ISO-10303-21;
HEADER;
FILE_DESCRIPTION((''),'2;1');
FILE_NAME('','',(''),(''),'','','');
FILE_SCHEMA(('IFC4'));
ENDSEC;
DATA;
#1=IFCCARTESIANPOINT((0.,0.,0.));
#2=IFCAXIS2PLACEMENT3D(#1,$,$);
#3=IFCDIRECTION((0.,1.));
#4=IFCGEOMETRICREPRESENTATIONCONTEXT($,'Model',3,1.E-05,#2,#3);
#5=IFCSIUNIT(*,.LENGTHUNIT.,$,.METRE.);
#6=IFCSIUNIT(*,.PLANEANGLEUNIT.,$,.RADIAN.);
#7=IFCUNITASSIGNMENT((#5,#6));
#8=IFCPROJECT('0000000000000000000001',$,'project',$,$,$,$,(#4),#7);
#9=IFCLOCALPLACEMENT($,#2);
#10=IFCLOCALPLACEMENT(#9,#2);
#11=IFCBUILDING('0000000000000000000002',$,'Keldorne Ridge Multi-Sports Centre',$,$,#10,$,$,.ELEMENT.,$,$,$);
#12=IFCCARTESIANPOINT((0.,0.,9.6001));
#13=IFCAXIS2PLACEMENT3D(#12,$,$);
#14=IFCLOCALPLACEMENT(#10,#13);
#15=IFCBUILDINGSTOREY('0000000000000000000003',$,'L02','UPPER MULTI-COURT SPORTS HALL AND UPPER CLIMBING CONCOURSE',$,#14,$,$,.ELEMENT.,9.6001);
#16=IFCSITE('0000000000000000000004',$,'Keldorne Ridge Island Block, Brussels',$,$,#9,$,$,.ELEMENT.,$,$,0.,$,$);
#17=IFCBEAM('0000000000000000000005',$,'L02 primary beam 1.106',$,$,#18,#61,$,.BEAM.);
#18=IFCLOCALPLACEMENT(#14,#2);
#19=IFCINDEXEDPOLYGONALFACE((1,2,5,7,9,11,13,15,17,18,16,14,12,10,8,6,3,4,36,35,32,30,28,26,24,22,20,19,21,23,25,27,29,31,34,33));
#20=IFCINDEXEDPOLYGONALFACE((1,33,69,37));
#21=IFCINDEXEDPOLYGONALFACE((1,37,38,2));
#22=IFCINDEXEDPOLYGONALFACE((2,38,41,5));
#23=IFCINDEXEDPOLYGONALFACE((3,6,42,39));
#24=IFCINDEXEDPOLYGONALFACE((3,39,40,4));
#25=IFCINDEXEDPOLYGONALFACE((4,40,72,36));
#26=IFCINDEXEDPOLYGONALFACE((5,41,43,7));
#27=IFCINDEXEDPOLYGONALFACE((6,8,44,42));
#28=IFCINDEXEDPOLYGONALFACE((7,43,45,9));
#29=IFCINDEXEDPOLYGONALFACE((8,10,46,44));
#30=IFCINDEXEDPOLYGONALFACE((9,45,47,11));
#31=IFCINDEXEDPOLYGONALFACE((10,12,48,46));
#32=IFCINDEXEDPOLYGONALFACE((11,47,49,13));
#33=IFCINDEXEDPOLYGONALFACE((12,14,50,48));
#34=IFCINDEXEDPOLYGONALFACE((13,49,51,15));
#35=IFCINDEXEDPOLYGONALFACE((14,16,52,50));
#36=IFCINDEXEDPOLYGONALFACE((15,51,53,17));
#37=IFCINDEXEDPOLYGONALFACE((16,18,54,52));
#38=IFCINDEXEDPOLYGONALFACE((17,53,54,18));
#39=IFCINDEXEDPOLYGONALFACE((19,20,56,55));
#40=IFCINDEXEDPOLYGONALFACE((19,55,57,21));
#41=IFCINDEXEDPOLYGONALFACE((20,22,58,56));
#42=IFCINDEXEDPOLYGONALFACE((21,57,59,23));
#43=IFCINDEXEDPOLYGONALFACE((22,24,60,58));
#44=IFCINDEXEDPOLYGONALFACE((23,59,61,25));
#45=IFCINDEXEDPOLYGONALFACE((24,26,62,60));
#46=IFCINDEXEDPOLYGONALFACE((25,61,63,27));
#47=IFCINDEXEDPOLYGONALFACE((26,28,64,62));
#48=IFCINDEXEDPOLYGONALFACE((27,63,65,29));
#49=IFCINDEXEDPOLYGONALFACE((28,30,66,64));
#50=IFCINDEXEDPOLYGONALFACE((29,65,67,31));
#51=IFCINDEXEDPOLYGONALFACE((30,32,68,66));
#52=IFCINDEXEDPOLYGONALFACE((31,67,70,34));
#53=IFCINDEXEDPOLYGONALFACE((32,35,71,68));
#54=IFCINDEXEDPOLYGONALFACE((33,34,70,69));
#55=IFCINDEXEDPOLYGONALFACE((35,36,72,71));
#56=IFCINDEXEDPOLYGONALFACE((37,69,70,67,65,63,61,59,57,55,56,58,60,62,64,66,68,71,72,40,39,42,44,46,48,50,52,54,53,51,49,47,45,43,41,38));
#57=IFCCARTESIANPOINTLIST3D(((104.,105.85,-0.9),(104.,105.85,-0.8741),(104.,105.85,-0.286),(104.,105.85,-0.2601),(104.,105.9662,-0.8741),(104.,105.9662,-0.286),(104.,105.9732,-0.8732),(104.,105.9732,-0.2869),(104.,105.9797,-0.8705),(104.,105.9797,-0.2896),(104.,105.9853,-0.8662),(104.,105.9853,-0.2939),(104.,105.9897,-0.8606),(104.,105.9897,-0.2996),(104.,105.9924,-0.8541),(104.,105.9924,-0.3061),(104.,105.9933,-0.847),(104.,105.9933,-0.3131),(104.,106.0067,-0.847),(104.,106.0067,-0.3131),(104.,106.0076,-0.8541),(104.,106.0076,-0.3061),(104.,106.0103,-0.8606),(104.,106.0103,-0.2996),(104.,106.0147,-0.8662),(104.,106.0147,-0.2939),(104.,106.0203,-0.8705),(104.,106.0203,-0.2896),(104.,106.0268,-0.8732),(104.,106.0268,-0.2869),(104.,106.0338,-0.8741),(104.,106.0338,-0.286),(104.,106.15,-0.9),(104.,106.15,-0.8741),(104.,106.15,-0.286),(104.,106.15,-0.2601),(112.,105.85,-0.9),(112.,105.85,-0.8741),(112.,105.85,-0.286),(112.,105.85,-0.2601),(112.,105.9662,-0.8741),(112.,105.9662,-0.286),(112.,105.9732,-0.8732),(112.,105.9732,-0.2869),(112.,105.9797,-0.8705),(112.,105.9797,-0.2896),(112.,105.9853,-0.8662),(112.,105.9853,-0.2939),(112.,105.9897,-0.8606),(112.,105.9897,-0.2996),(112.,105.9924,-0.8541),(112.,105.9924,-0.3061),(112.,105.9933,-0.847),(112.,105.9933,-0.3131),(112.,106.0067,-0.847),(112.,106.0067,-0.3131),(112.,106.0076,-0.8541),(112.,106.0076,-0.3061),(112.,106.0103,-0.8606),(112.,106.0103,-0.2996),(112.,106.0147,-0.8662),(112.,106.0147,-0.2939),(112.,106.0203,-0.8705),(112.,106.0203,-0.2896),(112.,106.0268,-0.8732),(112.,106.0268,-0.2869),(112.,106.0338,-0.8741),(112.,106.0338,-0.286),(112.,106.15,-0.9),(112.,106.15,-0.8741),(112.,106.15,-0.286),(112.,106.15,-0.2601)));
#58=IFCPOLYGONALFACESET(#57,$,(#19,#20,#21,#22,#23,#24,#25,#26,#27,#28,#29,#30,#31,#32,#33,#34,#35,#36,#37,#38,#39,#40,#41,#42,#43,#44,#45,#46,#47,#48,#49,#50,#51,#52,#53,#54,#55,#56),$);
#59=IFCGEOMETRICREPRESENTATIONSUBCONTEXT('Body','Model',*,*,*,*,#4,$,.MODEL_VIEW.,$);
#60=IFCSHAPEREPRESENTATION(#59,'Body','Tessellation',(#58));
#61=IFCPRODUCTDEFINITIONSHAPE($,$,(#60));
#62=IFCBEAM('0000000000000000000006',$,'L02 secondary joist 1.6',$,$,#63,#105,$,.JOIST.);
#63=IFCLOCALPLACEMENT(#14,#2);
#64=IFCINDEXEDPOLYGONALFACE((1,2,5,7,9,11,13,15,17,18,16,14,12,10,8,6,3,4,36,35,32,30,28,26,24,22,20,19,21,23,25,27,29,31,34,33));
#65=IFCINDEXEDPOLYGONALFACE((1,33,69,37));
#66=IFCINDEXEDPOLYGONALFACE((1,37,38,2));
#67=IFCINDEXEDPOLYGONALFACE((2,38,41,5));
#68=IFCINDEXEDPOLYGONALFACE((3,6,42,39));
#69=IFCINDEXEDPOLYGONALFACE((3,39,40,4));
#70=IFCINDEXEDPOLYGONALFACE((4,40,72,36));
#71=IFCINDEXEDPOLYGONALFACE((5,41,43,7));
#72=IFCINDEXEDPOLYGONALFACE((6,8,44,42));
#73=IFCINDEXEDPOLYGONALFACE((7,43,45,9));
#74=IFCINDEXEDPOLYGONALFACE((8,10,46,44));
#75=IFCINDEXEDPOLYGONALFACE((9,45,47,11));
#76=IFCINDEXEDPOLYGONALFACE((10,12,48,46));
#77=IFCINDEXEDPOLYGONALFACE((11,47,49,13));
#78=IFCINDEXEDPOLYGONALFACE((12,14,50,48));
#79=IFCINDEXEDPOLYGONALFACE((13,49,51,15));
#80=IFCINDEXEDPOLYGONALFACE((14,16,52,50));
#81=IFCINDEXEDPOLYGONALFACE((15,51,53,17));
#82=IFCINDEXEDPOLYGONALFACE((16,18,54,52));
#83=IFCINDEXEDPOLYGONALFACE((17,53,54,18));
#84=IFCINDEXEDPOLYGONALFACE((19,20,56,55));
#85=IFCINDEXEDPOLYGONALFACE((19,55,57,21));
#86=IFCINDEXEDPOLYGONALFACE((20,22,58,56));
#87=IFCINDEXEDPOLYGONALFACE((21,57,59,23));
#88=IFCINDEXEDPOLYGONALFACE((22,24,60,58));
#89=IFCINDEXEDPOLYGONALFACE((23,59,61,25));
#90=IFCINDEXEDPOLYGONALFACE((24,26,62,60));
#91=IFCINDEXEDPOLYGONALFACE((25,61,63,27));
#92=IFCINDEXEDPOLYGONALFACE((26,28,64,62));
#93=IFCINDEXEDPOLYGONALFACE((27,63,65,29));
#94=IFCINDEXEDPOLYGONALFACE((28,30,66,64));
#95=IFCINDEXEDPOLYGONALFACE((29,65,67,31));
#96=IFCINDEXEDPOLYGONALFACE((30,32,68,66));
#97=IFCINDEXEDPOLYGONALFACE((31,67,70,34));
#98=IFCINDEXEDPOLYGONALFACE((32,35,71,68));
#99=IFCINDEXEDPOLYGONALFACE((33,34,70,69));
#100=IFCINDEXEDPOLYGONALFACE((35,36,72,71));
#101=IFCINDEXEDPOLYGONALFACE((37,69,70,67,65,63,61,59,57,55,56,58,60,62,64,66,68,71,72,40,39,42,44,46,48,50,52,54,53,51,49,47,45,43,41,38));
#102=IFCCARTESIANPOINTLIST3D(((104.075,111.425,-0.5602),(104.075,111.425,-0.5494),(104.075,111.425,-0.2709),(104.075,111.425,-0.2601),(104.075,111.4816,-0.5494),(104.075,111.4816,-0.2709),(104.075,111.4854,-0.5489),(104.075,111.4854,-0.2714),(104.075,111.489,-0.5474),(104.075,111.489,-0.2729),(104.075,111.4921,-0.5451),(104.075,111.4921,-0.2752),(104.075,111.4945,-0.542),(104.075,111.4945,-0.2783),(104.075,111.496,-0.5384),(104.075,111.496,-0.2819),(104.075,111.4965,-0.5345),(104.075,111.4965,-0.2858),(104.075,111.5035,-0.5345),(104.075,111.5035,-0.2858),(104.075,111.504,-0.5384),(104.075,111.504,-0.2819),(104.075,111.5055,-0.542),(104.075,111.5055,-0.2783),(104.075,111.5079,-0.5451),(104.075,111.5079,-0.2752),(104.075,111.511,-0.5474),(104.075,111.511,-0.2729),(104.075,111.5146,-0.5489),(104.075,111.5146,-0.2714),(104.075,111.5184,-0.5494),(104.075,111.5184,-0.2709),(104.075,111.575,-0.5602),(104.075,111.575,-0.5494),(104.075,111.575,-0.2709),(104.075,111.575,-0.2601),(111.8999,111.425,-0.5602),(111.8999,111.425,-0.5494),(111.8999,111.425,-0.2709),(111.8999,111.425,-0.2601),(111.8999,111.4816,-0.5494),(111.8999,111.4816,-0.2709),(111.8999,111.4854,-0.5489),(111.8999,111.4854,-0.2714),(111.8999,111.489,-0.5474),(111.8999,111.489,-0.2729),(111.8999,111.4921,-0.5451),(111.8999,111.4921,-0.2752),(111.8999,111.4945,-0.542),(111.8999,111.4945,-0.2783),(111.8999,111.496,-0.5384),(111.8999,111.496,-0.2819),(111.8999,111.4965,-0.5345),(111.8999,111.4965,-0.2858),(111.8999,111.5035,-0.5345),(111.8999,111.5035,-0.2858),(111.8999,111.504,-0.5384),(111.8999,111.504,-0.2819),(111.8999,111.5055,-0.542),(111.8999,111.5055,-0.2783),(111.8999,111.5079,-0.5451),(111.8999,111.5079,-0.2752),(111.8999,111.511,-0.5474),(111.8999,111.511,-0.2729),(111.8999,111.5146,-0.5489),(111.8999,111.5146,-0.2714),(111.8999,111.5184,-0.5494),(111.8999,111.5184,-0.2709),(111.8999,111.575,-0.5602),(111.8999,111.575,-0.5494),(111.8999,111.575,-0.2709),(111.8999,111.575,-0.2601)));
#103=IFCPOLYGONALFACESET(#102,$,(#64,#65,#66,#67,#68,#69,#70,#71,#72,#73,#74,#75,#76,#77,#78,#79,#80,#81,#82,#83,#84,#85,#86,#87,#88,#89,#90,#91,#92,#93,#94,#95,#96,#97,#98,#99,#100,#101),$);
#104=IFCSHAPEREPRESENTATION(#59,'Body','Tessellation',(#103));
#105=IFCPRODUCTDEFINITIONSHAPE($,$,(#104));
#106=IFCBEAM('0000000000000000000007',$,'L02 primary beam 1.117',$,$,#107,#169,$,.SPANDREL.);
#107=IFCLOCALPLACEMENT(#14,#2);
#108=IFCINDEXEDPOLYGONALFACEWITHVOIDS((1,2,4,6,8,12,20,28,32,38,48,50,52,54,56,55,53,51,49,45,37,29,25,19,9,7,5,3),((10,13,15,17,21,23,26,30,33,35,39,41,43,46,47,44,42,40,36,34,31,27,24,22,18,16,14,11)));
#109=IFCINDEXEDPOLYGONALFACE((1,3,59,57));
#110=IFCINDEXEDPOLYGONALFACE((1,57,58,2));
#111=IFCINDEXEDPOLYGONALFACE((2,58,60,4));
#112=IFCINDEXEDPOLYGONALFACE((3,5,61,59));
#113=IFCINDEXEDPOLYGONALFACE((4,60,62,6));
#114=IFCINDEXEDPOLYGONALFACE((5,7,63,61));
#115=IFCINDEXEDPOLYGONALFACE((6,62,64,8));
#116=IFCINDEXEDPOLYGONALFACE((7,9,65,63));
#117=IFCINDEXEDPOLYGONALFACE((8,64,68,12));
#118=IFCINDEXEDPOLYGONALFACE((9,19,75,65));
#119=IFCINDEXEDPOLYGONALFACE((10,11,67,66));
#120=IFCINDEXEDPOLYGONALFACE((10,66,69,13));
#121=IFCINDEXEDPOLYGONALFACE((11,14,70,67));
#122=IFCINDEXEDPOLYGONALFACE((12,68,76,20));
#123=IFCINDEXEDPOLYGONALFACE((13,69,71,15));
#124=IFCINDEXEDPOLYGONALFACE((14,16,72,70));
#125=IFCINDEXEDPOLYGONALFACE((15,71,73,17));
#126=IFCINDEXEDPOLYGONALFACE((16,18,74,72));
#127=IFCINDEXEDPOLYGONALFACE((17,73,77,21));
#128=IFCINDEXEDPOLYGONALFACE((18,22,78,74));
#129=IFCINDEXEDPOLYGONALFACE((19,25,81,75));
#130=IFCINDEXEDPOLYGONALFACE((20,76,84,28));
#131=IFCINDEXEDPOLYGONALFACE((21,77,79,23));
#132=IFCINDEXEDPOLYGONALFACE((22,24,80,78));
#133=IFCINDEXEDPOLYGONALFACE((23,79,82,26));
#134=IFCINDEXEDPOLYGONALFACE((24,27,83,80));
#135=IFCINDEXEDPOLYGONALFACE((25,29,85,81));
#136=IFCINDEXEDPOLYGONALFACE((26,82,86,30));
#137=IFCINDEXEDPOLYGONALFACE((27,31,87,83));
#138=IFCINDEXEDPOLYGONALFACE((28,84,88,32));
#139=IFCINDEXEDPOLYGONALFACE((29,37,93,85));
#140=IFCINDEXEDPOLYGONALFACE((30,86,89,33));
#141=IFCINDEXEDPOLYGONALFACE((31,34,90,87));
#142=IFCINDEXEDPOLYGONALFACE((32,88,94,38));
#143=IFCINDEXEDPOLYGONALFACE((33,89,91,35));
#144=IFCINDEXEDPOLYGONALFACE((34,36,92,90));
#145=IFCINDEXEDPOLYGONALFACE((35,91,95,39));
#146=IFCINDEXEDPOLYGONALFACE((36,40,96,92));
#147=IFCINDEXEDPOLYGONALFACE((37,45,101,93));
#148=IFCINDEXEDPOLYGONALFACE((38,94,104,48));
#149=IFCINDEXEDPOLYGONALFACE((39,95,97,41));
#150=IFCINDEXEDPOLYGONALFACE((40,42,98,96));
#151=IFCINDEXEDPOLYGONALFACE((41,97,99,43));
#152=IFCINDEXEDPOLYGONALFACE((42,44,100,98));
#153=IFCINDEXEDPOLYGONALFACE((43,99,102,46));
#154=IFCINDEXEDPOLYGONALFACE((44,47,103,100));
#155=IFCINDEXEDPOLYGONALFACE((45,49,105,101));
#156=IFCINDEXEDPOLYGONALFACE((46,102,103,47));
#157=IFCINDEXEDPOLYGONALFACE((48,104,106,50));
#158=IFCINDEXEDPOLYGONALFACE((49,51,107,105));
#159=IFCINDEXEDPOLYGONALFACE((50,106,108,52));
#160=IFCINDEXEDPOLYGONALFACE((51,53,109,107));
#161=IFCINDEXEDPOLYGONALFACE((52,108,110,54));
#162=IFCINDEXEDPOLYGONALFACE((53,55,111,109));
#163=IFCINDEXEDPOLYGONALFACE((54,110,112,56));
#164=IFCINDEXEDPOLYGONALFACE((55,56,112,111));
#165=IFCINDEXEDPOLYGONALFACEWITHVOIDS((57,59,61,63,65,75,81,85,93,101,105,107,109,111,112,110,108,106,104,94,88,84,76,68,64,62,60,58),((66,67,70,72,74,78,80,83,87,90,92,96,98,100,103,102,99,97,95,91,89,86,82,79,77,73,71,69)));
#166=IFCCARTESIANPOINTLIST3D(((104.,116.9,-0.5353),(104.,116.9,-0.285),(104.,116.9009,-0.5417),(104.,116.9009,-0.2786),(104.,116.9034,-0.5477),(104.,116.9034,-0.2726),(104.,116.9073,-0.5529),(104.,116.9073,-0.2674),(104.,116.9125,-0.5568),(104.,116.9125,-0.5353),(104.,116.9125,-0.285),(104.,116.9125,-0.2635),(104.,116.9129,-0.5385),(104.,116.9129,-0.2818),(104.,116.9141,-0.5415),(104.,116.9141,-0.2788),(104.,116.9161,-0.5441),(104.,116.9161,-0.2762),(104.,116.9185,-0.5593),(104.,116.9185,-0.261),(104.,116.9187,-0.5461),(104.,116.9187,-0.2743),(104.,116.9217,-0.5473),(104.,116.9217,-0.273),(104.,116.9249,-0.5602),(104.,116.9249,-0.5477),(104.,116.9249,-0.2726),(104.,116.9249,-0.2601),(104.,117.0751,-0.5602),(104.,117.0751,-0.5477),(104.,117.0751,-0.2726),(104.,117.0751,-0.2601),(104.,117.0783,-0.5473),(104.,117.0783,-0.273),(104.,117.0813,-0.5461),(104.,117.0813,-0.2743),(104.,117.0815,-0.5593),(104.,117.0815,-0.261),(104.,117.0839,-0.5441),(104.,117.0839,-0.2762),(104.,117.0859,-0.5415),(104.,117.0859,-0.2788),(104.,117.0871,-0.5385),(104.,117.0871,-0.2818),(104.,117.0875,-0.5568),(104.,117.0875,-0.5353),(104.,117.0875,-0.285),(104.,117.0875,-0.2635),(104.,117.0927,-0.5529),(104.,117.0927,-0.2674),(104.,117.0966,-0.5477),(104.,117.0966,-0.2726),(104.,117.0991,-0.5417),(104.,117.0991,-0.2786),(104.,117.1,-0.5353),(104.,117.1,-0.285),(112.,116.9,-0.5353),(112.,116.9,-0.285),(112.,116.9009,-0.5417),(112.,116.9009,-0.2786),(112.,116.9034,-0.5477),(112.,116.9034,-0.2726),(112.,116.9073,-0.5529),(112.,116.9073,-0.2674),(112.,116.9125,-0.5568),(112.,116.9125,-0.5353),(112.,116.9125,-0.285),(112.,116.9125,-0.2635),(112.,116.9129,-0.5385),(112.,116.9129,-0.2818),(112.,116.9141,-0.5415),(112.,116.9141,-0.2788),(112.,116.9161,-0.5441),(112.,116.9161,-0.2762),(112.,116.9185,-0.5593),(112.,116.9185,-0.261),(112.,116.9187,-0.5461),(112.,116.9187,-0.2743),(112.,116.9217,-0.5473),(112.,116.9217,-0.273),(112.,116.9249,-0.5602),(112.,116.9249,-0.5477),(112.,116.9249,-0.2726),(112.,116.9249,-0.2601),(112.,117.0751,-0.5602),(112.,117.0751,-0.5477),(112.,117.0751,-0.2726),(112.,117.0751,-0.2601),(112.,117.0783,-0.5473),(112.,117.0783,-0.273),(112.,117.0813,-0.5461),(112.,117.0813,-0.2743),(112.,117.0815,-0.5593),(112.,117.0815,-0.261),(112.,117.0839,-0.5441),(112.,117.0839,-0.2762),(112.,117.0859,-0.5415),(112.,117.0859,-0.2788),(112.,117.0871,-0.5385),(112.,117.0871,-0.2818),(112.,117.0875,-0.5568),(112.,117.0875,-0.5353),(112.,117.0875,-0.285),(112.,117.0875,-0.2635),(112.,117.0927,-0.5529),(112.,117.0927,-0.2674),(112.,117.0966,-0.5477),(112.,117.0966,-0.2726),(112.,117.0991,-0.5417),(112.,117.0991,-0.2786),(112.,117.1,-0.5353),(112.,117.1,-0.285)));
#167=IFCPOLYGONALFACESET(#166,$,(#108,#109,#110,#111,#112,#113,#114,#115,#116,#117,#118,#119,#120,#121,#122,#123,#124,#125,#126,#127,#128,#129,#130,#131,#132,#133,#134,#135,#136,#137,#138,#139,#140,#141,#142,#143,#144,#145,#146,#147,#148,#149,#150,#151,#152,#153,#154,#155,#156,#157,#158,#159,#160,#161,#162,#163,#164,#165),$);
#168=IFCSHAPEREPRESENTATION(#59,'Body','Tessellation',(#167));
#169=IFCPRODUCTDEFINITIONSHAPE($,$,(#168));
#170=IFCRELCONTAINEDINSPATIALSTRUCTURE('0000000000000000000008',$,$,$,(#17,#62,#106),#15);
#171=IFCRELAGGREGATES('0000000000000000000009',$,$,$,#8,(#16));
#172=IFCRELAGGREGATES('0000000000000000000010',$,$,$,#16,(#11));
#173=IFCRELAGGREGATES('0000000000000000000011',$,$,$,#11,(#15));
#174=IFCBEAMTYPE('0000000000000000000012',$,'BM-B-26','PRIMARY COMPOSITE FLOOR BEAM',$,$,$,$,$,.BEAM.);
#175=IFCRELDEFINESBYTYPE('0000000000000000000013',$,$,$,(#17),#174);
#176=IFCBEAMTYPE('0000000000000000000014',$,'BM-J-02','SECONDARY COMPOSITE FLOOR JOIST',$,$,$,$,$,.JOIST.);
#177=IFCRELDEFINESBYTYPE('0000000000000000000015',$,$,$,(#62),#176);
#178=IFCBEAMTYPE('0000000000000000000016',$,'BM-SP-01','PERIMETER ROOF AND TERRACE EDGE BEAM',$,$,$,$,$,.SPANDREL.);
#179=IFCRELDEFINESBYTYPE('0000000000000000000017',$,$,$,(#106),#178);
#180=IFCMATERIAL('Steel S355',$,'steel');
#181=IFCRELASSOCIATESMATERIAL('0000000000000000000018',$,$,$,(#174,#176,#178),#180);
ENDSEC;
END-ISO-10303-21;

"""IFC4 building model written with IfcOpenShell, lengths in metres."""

from ifc_helpers import new_model, si_unit, direction, frame, origin, origin_2d, place, context, subcontext, project, spatial, hollow_rectangle, i_section, extrude, material, material_profile, profile_set, type_object, element, save


model = new_model("IFC4")

# Units and contexts
model_context = context("Model", 3, precision=1e-05, world=origin(), true_north=direction((0.0, 1.0)))
body_context = subcontext(model_context, "Body", "Model", "MODEL_VIEW")
ifc_project = project(units=[si_unit("LENGTHUNIT", "METRE"), si_unit("PLANEANGLEUNIT", "RADIAN")], contexts=[model_context])

# Site, building, storey
site_placement = place(None, origin())
site = spatial("IfcSite", under=ifc_project, at=site_placement, Name="Keldorne Ridge Island Block, Brussels", CompositionType="ELEMENT", RefElevation=0.0)
building_placement = place(site_placement, origin())
building = spatial("IfcBuilding", under=site, at=building_placement, Name="Keldorne Ridge Multi-Sports Centre", CompositionType="ELEMENT")
storey_placement = place(building_placement, frame((0.0, 0.0, 9.6001)))
storey = spatial("IfcBuildingStorey", under=building, at=storey_placement, Name="L02", Description="UPPER MULTI-COURT SPORTS HALL AND UPPER CLIMBING CONCOURSE", CompositionType="ELEMENT", Elevation=9.6001)

# Shared definitions
ifc_material_1 = material(Name="Steel S355", Category="steel")

# Beams
ifc_material_profile_1 = material_profile(ifc_material_1, i_section(OverallWidth=0.3, OverallDepth=0.6399, WebThickness=0.0134, FlangeThickness=0.0259, FilletRadius=0.0271, at=origin_2d()), Name="HEA 650")
ifc_profile_set_1 = profile_set([ifc_material_profile_1], Name="Steel S355")
beam_type_1 = type_object("IfcBeamType", Name="BM-B-26", Description="PRIMARY COMPOSITE FLOOR BEAM", PredefinedType="BEAM", material=ifc_profile_set_1)
beam_1_placement = place(storey_placement, frame((104.0, 106.0, -0.5801), z_axis=(1.0, 0.0, 0.0), x_axis=(0.0, 1.0, 0.0)))
element("IfcBeam", 1, at=beam_1_placement, inside=storey, type_object=beam_type_1, Name="L02 primary beam 1.106", PredefinedType="BEAM", context=body_context, shape_type="SweptSolid", body=[
    extrude(i_section(OverallWidth=0.3, OverallDepth=0.6399, WebThickness=0.0134, FlangeThickness=0.0259, FilletRadius=0.0271, at=origin_2d()), origin(), (0.0, 0.0, 1.0), 8.0),
])
ifc_material_profile_2 = material_profile(ifc_material_1, i_section(OverallWidth=0.1499, OverallDepth=0.3, WebThickness=0.0071, FlangeThickness=0.0107, FilletRadius=0.0149, at=origin_2d()), Name="IPE 300")
ifc_profile_set_2 = profile_set([ifc_material_profile_2], Name="Steel S355")
beam_type_2 = type_object("IfcBeamType", Name="BM-J-02", Description="SECONDARY COMPOSITE FLOOR JOIST", PredefinedType="JOIST", material=ifc_profile_set_2)
beam_2_placement = place(storey_placement, frame((104.075, 111.5, -0.4102), z_axis=(1.0, 0.0, 0.0), x_axis=(0.0, 1.0, 0.0)))
element("IfcBeam", 2, at=beam_2_placement, inside=storey, type_object=beam_type_2, Name="L02 secondary joist 1.6", PredefinedType="JOIST", context=body_context, shape_type="SweptSolid", body=[
    extrude(i_section(OverallWidth=0.1499, OverallDepth=0.3, WebThickness=0.0071, FlangeThickness=0.0107, FilletRadius=0.0149, at=origin_2d()), origin(), (0.0, 0.0, 1.0), 7.825),
])
ifc_material_profile_3 = material_profile(ifc_material_1, hollow_rectangle(XDim=0.2, YDim=0.3, WallThickness=0.0125, InnerFilletRadius=0.0125, OuterFilletRadius=0.0249, at=origin_2d()), Name="RHS 300x200x12.5")
ifc_profile_set_3 = profile_set([ifc_material_profile_3], Name="Steel S355")
beam_type_3 = type_object("IfcBeamType", Name="BM-SP-01", Description="PERIMETER ROOF AND TERRACE EDGE BEAM", PredefinedType="SPANDREL", material=ifc_profile_set_3)
beam_3_placement = place(storey_placement, frame((104.0, 117.0, -0.4102), z_axis=(1.0, 0.0, 0.0), x_axis=(0.0, 1.0, 0.0)))
element("IfcBeam", 3, at=beam_3_placement, inside=storey, type_object=beam_type_3, Name="L02 primary beam 1.117", PredefinedType="SPANDREL", context=body_context, shape_type="SweptSolid", body=[
    extrude(hollow_rectangle(XDim=0.2, YDim=0.3, WallThickness=0.0125, InnerFilletRadius=0.0125, OuterFilletRadius=0.0249, at=origin_2d()), origin(), (0.0, 0.0, 1.0), 8.0),
])

save(model, "model.ifc")
